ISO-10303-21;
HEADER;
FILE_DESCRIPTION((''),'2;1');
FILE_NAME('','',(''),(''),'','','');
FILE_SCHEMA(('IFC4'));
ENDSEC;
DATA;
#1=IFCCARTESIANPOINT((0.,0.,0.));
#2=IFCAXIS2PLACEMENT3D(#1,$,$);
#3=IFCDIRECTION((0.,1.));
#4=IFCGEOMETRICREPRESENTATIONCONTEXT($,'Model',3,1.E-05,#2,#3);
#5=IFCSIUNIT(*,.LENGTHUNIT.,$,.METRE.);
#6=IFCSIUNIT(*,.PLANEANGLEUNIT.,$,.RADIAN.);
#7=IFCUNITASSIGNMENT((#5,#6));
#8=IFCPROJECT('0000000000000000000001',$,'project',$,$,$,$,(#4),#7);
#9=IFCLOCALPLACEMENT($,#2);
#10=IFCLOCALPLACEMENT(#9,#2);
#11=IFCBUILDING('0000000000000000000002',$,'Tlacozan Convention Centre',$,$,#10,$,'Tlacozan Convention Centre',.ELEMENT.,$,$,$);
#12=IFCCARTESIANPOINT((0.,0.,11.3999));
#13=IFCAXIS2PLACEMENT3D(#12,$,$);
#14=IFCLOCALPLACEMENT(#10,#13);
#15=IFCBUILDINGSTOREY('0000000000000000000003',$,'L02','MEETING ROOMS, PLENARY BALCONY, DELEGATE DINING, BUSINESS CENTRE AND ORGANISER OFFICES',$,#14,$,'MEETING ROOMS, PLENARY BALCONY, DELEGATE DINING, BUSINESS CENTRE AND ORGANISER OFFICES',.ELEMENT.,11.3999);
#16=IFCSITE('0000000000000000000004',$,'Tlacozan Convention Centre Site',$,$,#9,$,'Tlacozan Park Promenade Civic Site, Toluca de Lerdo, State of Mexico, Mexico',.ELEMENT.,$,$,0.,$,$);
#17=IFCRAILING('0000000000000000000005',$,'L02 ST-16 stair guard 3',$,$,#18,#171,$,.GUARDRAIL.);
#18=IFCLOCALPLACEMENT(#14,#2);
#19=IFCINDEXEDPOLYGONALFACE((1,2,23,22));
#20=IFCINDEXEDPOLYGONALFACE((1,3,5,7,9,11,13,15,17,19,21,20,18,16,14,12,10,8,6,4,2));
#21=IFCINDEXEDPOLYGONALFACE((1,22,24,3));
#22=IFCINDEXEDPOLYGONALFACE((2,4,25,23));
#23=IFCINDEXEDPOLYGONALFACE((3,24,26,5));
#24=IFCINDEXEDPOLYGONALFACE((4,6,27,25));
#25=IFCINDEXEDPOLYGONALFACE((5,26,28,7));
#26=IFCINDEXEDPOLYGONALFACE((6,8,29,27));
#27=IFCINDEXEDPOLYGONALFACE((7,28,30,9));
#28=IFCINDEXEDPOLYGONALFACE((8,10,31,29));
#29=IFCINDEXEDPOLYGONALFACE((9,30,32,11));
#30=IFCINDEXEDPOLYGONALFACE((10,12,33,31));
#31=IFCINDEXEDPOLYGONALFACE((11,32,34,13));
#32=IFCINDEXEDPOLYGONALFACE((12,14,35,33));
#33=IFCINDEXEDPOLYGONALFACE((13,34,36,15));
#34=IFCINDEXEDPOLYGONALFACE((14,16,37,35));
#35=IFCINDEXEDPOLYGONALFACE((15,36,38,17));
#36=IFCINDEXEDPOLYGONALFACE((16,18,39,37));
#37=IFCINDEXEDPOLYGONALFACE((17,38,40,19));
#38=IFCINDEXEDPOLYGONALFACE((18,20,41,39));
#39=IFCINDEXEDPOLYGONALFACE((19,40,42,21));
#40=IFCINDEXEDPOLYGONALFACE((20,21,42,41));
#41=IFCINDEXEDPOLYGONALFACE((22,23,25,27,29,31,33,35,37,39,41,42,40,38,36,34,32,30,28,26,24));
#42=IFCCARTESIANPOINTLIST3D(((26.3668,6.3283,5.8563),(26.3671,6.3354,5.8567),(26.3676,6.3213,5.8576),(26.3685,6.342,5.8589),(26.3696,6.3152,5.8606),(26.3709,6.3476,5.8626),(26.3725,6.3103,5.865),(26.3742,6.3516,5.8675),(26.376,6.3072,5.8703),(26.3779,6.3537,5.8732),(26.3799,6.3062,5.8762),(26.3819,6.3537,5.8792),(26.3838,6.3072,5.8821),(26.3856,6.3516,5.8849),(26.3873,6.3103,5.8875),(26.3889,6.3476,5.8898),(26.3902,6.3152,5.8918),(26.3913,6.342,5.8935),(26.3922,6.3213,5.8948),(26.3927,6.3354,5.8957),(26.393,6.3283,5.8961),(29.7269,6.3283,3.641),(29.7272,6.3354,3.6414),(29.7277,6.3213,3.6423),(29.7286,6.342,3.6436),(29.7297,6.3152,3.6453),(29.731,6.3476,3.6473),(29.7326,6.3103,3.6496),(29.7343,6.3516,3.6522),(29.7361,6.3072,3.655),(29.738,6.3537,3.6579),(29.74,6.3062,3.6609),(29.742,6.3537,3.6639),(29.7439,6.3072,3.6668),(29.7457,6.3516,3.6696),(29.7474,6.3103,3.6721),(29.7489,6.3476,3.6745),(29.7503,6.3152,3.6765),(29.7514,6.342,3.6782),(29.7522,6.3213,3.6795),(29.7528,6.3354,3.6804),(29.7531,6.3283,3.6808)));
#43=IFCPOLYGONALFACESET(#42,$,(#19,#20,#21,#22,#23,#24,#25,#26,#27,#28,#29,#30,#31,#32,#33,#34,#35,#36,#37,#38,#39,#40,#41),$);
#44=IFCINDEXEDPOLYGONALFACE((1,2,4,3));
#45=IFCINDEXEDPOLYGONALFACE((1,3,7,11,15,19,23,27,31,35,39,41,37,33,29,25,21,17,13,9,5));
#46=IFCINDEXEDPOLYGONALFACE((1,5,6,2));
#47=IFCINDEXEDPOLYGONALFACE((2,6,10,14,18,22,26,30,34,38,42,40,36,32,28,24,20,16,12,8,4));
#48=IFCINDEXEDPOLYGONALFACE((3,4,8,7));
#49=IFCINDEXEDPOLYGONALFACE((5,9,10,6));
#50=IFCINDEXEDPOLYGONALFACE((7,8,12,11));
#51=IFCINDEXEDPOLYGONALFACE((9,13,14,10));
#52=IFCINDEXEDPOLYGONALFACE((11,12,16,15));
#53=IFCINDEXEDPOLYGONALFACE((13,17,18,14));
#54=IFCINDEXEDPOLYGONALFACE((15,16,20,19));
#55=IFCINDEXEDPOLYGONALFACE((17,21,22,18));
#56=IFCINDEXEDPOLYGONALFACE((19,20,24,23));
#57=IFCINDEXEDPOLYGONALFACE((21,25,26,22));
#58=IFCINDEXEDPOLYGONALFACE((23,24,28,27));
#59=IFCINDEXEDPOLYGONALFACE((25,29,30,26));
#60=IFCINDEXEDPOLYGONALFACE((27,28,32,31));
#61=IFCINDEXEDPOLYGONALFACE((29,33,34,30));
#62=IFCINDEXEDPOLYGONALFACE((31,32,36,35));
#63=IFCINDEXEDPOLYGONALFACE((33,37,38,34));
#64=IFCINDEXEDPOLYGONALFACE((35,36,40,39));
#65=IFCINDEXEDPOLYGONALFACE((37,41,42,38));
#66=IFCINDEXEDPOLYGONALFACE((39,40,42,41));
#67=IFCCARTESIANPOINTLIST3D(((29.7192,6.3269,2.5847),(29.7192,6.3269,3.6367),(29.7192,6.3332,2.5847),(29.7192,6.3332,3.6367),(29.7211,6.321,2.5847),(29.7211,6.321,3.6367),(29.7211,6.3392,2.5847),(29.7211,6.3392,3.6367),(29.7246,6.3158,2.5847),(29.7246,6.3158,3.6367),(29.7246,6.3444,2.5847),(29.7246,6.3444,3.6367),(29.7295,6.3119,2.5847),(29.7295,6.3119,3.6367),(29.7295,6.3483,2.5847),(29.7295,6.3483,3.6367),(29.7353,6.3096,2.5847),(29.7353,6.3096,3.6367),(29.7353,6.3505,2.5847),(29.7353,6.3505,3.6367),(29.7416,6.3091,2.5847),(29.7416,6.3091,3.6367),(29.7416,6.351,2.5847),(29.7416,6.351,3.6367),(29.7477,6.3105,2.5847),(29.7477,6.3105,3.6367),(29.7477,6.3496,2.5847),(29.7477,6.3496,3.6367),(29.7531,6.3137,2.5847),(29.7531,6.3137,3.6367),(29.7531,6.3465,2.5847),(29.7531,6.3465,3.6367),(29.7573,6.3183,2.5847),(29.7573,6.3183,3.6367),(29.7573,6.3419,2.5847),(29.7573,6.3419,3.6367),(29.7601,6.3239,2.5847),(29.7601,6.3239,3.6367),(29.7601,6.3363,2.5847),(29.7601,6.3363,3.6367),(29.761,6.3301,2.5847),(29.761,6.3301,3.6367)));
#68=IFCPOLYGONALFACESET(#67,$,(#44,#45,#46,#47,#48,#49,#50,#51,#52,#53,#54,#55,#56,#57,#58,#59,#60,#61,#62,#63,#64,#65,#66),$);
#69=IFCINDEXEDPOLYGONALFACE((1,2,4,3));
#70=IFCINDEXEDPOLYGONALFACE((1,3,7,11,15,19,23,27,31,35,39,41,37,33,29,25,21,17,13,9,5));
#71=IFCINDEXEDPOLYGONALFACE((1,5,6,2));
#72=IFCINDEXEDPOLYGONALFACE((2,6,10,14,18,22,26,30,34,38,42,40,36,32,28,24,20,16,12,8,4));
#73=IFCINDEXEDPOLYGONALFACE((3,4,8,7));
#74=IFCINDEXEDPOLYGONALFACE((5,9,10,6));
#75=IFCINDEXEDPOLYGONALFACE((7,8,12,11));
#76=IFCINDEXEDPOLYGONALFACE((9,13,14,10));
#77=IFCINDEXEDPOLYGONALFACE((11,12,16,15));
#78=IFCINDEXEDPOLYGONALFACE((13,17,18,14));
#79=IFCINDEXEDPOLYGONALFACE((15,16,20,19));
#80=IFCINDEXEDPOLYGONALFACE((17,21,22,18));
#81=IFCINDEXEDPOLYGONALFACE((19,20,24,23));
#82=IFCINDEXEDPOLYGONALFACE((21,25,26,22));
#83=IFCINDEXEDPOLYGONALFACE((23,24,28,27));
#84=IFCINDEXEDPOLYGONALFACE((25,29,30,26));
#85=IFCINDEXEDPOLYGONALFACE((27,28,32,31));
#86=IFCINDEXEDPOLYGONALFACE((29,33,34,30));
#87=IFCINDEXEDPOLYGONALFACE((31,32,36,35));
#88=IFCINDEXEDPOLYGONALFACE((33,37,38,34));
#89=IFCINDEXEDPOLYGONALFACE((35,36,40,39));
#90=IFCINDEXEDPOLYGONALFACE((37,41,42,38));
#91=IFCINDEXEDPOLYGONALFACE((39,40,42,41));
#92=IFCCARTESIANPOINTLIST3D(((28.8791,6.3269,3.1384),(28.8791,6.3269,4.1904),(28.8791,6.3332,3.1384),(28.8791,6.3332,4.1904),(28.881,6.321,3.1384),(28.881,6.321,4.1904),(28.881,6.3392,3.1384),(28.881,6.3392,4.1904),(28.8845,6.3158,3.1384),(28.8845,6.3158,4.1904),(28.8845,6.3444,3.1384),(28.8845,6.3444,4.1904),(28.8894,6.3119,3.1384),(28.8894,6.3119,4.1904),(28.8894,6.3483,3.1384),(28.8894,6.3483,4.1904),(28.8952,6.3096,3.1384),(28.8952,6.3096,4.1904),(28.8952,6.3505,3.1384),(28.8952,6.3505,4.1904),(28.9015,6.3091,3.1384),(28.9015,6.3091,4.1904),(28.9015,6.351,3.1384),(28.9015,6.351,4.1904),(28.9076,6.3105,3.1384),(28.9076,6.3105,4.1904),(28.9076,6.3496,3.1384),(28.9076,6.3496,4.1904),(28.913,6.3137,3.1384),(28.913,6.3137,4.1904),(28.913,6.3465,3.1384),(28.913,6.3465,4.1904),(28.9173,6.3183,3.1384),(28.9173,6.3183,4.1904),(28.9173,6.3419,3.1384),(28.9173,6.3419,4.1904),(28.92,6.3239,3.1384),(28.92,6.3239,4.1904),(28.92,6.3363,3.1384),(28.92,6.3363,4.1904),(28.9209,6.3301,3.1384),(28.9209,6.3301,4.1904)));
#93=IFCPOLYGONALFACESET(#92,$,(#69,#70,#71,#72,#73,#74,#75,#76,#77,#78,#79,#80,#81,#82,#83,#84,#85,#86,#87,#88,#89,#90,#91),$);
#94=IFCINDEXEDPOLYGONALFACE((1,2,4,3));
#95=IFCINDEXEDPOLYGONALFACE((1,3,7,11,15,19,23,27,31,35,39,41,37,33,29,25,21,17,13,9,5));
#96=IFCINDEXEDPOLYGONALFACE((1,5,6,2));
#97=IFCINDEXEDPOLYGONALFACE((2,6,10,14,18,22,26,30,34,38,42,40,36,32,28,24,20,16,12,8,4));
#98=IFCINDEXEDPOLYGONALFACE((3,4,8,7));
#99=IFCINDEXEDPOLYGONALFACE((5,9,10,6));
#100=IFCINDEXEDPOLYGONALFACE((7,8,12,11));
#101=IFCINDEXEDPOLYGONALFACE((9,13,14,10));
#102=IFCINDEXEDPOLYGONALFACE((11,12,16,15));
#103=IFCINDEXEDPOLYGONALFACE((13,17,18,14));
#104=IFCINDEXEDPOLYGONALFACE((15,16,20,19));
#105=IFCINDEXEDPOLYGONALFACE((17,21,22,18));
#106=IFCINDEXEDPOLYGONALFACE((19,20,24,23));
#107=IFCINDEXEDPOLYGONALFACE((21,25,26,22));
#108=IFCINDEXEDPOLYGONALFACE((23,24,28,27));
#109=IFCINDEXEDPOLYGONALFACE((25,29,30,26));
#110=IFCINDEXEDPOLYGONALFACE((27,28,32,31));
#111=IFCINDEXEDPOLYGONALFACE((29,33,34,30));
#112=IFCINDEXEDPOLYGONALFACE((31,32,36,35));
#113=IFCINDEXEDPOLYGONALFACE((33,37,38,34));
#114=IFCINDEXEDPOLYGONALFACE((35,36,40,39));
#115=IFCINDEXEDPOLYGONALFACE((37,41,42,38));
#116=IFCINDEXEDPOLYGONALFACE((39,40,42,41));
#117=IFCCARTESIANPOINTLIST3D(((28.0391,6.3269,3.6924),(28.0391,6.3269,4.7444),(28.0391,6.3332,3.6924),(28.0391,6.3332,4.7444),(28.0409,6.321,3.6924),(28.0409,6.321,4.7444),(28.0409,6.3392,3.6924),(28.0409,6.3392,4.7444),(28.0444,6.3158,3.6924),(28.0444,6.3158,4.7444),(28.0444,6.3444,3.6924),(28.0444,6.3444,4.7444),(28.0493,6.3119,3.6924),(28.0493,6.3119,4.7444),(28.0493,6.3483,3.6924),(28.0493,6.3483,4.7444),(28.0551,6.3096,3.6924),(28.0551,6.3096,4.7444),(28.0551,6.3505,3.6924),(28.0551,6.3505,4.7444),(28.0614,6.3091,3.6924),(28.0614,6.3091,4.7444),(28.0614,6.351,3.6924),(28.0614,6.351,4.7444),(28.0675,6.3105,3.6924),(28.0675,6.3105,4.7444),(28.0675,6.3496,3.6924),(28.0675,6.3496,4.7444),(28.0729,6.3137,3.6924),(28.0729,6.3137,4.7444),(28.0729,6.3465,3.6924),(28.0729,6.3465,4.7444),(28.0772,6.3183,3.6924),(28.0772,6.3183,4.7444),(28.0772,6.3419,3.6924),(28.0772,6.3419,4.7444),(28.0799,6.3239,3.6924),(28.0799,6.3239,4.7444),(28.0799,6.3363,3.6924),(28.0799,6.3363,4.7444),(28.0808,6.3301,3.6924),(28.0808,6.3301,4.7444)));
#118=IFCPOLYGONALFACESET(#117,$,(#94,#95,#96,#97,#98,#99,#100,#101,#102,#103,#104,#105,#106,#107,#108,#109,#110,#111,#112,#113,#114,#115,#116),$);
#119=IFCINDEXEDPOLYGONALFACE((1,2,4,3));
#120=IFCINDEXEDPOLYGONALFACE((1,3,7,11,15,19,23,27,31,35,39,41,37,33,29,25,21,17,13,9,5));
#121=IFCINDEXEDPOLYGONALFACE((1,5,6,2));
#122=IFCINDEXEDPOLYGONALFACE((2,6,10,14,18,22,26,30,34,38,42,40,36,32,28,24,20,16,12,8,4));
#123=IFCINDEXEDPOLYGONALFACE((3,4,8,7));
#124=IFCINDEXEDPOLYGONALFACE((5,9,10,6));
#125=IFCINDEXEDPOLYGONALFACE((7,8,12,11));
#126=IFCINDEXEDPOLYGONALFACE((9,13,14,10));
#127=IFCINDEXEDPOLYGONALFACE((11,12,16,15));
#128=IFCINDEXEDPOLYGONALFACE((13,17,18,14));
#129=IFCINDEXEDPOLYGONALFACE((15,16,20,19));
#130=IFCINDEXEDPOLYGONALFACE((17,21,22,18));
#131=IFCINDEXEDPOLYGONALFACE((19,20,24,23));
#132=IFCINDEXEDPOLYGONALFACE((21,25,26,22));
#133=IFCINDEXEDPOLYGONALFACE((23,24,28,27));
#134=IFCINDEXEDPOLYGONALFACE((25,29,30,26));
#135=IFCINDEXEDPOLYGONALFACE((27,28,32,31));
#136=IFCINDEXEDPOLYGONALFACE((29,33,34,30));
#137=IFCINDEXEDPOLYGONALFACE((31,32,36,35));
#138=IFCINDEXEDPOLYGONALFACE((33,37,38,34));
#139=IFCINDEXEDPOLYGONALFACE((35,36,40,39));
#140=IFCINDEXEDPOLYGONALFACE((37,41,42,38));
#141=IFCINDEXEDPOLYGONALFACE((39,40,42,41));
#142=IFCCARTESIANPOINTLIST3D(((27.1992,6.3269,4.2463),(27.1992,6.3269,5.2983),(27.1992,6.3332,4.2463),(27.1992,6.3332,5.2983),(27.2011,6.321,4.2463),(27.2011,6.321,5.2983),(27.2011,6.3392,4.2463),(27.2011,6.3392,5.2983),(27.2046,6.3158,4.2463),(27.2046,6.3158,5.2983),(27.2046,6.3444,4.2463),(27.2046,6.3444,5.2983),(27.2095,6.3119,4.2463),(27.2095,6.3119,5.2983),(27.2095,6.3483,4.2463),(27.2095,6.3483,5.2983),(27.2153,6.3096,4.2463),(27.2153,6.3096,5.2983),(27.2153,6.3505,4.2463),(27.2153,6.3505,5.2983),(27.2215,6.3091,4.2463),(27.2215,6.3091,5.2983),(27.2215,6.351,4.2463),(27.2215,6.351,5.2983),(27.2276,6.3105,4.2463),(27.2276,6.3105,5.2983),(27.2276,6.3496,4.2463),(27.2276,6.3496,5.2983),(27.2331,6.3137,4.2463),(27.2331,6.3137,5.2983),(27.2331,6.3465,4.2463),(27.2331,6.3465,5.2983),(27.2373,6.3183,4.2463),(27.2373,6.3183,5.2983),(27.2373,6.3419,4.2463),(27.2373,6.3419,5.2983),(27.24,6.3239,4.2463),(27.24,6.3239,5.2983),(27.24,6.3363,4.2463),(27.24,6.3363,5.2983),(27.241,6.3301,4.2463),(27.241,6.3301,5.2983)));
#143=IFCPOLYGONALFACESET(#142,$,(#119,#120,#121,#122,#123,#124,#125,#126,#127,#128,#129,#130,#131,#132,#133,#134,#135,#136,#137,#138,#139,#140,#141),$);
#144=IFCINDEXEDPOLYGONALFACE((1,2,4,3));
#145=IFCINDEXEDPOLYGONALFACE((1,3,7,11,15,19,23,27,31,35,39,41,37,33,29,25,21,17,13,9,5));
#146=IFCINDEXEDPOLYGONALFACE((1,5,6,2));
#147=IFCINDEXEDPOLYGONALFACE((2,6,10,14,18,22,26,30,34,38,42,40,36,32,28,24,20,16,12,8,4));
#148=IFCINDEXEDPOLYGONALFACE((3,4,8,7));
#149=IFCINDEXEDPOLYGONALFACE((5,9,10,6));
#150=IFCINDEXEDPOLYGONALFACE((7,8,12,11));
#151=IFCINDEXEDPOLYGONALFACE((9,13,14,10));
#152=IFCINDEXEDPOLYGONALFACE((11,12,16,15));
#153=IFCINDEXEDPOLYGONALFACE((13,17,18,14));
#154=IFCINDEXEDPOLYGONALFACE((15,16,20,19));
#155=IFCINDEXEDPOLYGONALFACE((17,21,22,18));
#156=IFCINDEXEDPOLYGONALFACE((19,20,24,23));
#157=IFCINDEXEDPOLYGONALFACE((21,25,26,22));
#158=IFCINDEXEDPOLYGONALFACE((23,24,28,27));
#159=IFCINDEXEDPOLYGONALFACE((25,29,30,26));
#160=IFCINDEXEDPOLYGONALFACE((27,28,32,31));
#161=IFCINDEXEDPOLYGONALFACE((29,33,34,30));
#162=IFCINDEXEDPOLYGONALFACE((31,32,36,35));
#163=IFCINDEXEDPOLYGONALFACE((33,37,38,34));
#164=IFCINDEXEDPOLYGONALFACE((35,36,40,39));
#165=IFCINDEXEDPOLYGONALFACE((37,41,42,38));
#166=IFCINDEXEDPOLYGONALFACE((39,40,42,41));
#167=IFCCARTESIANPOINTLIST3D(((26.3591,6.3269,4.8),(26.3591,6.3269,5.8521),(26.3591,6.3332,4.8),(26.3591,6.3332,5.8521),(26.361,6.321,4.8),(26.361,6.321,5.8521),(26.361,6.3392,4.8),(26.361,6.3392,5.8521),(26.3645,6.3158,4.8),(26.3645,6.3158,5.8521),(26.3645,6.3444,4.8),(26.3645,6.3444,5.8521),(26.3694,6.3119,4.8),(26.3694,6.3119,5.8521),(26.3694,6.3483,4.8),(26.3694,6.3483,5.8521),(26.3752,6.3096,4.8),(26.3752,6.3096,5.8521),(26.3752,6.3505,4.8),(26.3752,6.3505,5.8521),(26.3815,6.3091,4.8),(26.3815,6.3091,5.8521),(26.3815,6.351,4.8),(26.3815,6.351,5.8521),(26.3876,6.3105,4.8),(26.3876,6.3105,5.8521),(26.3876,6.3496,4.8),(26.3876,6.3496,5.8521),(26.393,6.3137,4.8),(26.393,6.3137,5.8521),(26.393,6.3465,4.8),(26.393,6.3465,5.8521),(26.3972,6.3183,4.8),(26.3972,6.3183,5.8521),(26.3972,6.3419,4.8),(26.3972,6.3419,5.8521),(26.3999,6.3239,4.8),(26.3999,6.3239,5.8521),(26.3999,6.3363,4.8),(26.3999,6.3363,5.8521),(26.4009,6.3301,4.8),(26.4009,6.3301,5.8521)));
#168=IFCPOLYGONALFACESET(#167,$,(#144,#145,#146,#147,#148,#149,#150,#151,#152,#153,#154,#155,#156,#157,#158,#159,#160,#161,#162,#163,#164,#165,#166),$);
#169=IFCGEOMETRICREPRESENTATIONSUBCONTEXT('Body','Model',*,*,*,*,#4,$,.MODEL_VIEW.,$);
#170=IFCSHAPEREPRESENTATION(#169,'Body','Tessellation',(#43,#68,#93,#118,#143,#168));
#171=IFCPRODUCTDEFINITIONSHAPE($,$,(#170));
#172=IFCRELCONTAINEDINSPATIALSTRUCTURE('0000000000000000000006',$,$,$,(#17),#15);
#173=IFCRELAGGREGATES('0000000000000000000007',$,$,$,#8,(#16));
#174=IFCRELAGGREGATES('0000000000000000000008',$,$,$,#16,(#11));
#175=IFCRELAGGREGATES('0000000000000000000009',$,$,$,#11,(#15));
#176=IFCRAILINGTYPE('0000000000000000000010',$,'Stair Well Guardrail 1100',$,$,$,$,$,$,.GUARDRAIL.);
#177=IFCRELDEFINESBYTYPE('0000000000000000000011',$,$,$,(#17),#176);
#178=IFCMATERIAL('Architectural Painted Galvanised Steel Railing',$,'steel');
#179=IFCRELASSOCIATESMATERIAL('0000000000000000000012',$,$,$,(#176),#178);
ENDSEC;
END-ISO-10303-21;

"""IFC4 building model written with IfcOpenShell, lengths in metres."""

from ifc_helpers import new_model, si_unit, direction, frame, origin, origin_2d, place, context, subcontext, project, spatial, circle, extrude, material, type_object, element, save


model = new_model("IFC4")

# Units and contexts
model_context = context("Model", 3, precision=1e-05, world=origin(), true_north=direction((0.0, 1.0)))
body_context = subcontext(model_context, "Body", "Model", "MODEL_VIEW")
ifc_project = project(units=[si_unit("LENGTHUNIT", "METRE"), si_unit("PLANEANGLEUNIT", "RADIAN")], contexts=[model_context])

# Site, building, storey
site_placement = place(None, origin())
site = spatial("IfcSite", under=ifc_project, at=site_placement, Name="Tlacozan Convention Centre Site", LongName="Tlacozan Park Promenade Civic Site, Toluca de Lerdo, State of Mexico, Mexico", CompositionType="ELEMENT", RefElevation=0.0)
building_placement = place(site_placement, origin())
building = spatial("IfcBuilding", under=site, at=building_placement, Name="Tlacozan Convention Centre", LongName="Tlacozan Convention Centre", CompositionType="ELEMENT")
storey_placement = place(building_placement, frame((0.0, 0.0, 11.3999)))
storey = spatial("IfcBuildingStorey", under=building, at=storey_placement, Name="L02", Description="MEETING ROOMS, PLENARY BALCONY, DELEGATE DINING, BUSINESS CENTRE AND ORGANISER OFFICES", LongName="MEETING ROOMS, PLENARY BALCONY, DELEGATE DINING, BUSINESS CENTRE AND ORGANISER OFFICES", CompositionType="ELEMENT", Elevation=11.3999)

# Railing
ifc_material_1 = material(Name="Architectural Painted Galvanised Steel Railing", Category="steel")
railing_type_1 = type_object("IfcRailingType", Name="Stair Well Guardrail 1100", PredefinedType="GUARDRAIL", material=ifc_material_1)
railing_1_placement = place(storey_placement, frame((29.74, 6.3301, 2.5847)))
element("IfcRailing", 1, at=railing_1_placement, inside=storey, type_object=railing_type_1, Name="L02 ST-16 stair guard 3", PredefinedType="GUARDRAIL", context=body_context, shape_type="SweptSolid", body=[
    extrude(circle(Radius=0.0239, at=origin_2d()), frame((0.0, 0.0, 1.0762), z_axis=(-0.834876, 0.0, 0.550437), x_axis=(0.0, -1.0, 0.0)), (0.0, 0.0, 1.0), 4.0247),
    extrude(circle(Radius=0.021, at=origin_2d()), origin(), (0.0, 0.0, 1.0), 1.052),
    extrude(circle(Radius=0.021, at=origin_2d()), frame((-0.8401, 0.0, 0.5537)), (0.0, 0.0, 1.0), 1.052),
    extrude(circle(Radius=0.021, at=origin_2d()), frame((-1.6802, 0.0, 1.1077)), (0.0, 0.0, 1.0), 1.052),
    extrude(circle(Radius=0.021, at=origin_2d()), frame((-2.52, 0.0, 1.6616)), (0.0, 0.0, 1.0), 1.052),
    extrude(circle(Radius=0.021, at=origin_2d()), frame((-3.3601, 0.0, 2.2153)), (0.0, 0.0, 1.0), 1.052),
])

save(model, "model.ifc")
